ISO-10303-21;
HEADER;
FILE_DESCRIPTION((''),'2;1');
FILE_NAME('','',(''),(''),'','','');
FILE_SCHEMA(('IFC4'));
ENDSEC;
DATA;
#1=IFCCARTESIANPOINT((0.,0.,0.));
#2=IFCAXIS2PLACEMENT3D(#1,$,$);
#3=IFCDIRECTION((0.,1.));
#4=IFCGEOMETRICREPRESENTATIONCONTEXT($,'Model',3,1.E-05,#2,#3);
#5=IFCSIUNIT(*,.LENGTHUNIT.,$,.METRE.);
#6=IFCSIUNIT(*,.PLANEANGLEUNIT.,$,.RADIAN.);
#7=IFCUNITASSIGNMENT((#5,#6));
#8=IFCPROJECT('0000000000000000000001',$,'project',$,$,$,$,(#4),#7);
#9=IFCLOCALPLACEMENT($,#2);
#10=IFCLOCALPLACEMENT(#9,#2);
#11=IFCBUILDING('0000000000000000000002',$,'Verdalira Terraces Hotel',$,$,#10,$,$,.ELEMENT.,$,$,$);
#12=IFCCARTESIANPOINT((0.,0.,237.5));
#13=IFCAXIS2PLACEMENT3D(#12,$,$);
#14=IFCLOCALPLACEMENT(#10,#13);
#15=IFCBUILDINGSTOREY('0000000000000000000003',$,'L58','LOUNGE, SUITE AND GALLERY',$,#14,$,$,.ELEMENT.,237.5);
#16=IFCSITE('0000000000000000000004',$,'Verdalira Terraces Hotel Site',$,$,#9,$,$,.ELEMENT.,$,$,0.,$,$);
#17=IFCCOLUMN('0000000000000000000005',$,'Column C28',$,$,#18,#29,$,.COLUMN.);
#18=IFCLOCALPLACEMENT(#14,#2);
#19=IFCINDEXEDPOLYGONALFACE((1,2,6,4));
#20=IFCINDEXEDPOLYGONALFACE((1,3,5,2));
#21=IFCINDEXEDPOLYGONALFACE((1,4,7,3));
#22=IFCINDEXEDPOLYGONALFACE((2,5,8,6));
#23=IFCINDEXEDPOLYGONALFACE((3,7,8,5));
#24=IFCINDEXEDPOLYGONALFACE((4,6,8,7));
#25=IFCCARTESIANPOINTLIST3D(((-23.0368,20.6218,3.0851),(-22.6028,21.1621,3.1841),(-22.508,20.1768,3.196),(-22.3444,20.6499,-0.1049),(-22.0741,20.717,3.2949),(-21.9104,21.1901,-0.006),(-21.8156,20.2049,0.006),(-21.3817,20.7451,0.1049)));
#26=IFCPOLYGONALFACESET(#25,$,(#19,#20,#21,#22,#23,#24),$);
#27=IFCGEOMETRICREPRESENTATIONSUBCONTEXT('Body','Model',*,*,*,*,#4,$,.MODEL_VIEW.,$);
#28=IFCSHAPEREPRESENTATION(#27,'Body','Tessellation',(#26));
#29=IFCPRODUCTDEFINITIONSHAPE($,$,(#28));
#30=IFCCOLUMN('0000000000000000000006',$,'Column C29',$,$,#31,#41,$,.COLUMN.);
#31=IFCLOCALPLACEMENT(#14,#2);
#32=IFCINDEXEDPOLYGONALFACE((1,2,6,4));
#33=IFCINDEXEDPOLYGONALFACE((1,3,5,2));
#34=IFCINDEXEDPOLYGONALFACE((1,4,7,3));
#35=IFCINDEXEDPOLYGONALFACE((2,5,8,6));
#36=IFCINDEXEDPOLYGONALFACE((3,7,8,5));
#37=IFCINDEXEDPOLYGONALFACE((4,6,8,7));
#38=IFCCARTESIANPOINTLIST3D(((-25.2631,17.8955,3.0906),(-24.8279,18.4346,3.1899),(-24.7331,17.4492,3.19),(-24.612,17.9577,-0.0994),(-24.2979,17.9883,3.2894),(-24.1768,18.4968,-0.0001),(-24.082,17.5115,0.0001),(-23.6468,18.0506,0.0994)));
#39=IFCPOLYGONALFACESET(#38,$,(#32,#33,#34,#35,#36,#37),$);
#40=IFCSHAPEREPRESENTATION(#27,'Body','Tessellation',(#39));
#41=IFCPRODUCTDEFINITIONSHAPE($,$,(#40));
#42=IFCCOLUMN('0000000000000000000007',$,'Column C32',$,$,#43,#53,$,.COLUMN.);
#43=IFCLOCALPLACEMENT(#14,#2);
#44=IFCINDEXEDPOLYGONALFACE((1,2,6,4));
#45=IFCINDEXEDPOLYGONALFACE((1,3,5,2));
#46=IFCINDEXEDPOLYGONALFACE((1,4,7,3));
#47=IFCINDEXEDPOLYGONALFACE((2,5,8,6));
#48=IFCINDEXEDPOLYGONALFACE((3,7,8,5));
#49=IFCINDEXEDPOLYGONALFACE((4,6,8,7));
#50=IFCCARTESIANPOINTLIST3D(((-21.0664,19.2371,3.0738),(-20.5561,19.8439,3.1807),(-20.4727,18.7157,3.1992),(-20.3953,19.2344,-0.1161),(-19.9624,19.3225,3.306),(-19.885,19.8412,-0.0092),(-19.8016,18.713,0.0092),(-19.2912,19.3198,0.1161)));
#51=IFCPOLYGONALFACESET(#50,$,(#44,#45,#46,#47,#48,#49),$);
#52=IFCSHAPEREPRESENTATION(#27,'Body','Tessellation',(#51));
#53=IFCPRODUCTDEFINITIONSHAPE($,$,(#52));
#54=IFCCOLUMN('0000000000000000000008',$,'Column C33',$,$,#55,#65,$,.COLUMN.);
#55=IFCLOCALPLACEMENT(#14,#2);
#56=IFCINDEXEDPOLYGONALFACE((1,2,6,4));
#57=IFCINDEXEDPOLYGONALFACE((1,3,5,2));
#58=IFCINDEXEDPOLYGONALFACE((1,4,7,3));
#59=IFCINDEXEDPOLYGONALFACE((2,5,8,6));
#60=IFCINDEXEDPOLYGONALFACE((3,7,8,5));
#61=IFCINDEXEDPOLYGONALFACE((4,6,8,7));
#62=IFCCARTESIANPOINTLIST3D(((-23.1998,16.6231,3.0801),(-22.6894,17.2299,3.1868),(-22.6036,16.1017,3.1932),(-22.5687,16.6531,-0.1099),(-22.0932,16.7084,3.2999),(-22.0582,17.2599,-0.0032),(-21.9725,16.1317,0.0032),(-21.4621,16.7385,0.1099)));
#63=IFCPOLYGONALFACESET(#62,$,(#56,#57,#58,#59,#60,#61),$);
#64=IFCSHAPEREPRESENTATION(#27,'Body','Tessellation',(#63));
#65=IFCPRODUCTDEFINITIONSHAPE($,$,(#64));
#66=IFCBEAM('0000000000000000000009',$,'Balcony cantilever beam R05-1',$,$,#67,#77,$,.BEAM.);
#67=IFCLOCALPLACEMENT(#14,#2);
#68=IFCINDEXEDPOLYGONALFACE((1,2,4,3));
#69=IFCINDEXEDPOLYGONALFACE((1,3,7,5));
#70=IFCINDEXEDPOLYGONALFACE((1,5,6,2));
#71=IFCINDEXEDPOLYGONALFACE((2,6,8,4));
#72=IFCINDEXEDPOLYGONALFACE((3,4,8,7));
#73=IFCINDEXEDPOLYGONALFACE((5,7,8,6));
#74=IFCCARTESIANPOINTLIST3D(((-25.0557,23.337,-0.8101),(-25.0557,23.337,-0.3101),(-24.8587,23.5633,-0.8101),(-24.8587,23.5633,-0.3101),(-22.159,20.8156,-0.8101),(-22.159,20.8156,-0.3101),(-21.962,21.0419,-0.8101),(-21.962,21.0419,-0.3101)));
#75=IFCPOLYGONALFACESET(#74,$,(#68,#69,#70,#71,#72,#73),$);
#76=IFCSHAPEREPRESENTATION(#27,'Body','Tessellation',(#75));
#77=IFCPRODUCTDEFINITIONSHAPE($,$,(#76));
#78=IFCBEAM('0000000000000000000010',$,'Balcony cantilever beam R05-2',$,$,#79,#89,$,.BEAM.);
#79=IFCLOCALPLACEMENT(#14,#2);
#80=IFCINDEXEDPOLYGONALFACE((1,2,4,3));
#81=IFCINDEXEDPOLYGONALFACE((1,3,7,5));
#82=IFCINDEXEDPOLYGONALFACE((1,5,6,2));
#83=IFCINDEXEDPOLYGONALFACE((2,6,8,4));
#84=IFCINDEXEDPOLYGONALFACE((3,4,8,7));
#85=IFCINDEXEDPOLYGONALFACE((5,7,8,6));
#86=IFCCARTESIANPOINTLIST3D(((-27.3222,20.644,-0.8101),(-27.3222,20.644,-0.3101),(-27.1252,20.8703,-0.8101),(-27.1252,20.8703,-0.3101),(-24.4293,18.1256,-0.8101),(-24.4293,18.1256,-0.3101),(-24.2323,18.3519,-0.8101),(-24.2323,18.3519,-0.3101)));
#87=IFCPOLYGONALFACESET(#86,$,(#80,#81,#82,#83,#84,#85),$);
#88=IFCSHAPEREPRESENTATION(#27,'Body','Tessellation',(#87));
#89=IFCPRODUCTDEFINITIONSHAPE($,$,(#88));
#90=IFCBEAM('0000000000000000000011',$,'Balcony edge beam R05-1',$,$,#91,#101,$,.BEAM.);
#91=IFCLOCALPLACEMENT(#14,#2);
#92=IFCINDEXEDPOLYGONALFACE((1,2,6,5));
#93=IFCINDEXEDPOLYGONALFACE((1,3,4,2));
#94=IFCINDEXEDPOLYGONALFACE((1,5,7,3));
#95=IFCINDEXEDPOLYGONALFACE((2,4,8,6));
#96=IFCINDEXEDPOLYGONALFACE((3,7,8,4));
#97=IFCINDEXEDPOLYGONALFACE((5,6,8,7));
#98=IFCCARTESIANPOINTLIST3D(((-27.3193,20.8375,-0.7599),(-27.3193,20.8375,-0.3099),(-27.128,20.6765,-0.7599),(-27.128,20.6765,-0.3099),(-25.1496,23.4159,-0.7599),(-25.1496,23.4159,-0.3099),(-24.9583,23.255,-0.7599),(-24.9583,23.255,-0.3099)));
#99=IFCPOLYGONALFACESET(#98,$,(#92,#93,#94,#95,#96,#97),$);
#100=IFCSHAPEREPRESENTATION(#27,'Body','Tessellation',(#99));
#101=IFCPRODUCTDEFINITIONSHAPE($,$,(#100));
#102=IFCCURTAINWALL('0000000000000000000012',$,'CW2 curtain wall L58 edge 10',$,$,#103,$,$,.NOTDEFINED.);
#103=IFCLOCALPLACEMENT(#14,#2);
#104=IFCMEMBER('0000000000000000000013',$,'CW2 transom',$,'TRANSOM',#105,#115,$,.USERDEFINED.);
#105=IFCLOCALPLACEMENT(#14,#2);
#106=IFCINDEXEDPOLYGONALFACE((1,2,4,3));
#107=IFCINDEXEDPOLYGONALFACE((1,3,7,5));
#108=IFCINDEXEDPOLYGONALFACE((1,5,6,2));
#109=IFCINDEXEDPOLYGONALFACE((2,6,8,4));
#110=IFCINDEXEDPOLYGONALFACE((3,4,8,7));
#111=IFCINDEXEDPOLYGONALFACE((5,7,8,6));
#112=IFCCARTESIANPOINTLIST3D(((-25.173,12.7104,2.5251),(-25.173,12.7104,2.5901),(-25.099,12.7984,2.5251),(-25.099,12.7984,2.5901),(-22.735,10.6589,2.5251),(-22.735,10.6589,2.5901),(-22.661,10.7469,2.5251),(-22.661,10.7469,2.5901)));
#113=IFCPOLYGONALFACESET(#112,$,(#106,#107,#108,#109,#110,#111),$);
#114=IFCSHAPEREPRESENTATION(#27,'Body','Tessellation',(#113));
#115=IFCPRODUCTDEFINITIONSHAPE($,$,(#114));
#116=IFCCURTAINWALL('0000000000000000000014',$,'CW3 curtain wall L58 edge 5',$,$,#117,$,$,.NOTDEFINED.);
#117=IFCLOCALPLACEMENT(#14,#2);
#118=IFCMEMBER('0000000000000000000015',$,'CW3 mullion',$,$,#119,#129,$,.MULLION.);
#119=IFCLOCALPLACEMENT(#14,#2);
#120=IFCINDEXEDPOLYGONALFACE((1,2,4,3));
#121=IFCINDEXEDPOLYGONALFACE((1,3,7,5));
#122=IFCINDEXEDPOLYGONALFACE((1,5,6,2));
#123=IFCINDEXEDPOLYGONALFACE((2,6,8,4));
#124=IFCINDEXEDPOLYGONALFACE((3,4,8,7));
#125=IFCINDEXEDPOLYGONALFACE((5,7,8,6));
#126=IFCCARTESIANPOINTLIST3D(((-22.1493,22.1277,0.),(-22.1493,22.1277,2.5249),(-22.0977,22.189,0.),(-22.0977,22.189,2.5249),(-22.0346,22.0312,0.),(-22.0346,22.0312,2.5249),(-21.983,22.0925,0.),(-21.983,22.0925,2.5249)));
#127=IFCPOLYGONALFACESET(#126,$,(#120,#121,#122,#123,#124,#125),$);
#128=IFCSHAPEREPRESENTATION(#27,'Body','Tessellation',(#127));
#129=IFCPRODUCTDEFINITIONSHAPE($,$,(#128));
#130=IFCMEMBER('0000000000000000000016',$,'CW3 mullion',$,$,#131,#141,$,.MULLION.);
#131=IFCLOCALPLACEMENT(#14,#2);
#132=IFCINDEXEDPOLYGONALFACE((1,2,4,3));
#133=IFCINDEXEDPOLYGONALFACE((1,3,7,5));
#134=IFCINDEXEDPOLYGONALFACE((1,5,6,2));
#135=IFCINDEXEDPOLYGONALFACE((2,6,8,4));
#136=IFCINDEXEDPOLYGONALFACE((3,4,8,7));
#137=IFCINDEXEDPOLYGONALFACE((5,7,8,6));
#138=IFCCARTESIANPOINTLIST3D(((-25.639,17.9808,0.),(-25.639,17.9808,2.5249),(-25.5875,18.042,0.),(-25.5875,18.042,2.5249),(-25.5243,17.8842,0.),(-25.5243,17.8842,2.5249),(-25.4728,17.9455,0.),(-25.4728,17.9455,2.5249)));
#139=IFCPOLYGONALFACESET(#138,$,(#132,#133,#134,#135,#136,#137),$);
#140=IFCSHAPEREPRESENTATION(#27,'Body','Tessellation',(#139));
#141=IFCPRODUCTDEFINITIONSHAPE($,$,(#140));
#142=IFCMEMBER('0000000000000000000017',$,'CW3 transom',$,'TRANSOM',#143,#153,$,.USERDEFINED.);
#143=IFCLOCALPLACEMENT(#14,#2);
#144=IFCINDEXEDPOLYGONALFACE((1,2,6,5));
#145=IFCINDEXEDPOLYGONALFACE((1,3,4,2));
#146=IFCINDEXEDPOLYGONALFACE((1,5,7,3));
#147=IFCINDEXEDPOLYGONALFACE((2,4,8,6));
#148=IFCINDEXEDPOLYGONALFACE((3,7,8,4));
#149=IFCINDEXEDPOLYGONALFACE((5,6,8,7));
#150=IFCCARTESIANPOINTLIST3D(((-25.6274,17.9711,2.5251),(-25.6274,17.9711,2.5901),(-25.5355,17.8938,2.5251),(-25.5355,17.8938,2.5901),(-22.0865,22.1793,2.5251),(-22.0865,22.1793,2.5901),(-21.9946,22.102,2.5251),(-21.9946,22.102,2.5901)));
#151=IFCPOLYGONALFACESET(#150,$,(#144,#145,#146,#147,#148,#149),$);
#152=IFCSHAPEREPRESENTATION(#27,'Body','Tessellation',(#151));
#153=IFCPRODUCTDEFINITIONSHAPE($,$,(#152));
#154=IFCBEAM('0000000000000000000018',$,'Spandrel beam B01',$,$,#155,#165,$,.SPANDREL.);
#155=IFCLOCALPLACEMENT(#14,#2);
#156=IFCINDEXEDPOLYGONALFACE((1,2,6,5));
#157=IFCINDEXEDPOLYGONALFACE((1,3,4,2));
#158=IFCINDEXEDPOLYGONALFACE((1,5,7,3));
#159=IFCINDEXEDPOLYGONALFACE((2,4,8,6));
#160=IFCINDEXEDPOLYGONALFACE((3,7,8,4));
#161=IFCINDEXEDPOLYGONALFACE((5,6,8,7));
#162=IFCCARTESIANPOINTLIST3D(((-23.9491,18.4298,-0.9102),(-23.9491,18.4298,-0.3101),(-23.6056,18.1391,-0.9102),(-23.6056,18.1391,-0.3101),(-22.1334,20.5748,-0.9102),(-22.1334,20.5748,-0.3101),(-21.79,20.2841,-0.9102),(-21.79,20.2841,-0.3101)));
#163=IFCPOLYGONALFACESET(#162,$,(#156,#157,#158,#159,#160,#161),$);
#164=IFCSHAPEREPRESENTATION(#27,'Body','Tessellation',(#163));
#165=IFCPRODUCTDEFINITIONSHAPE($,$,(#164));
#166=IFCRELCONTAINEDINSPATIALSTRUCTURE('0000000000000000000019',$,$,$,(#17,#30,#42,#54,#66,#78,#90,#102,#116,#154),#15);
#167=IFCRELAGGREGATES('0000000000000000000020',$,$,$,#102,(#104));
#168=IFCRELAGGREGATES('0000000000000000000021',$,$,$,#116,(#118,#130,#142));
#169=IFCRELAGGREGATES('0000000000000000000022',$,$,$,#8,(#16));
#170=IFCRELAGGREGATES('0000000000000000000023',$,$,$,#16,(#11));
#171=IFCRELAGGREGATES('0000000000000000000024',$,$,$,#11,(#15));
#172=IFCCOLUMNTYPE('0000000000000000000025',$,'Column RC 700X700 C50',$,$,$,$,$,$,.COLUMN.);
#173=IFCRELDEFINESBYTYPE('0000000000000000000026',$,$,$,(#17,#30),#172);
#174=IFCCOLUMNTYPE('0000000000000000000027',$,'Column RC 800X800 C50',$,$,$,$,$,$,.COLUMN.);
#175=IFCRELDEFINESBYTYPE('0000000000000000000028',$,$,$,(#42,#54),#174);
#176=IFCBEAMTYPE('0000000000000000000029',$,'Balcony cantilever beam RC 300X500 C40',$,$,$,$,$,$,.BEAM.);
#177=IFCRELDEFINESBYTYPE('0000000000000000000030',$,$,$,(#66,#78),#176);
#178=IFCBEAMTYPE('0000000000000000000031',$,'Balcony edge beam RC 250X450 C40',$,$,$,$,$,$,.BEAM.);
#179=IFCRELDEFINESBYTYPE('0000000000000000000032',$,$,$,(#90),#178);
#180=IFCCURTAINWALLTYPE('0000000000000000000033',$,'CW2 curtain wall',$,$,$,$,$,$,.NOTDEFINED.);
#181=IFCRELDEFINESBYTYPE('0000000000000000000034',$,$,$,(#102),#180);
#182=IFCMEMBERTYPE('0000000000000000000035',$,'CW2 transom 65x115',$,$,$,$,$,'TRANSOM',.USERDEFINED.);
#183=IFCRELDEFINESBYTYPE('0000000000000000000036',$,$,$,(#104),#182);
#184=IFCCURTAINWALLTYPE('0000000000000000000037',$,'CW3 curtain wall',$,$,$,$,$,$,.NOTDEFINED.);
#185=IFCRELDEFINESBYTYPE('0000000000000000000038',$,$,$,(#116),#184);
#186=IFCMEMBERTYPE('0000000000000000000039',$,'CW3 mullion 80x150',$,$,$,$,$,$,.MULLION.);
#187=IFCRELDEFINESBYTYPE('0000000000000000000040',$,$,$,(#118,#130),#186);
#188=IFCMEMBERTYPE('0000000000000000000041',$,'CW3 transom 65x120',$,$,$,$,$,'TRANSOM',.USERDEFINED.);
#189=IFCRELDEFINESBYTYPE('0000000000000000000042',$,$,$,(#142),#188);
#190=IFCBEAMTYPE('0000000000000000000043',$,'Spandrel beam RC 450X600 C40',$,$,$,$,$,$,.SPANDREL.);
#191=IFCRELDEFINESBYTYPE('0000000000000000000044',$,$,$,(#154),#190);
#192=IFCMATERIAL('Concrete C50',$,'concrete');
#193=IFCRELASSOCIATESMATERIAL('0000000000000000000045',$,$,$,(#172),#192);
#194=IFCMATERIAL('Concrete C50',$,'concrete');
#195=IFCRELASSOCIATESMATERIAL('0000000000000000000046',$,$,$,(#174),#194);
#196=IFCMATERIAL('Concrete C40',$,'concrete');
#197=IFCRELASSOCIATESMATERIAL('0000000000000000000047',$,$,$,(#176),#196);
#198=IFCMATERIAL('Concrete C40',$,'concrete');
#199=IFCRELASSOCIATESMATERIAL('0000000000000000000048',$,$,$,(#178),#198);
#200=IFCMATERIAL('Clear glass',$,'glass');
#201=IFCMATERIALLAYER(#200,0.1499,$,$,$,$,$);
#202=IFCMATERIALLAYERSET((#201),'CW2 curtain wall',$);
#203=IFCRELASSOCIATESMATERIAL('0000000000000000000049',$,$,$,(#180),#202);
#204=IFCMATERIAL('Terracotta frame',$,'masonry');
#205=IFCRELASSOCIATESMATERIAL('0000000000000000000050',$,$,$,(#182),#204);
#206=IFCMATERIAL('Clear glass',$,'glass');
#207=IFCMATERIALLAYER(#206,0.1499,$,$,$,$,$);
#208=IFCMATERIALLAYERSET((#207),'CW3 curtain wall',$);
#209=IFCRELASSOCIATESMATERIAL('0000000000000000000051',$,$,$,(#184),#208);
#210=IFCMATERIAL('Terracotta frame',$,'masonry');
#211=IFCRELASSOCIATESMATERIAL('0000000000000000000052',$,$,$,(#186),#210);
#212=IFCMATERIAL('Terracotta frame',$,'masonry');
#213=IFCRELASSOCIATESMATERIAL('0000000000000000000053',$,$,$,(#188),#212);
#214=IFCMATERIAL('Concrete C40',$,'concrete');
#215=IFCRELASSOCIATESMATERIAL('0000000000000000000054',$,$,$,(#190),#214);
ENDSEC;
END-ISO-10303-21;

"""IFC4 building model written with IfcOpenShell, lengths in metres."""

from ifc_helpers import new_model, si_unit, direction, frame, origin, origin_2d, place, context, subcontext, project, spatial, rectangle, extrude, material, layer, layer_set, material_profile, profile_set, type_object, element, aggregate, save


model = new_model("IFC4")

# Units and contexts
model_context = context("Model", 3, precision=1e-05, world=origin(), true_north=direction((0.0, 1.0)))
body_context = subcontext(model_context, "Body", "Model", "MODEL_VIEW")
ifc_project = project(units=[si_unit("LENGTHUNIT", "METRE"), si_unit("PLANEANGLEUNIT", "RADIAN")], contexts=[model_context])

# Site, building, storey
site_placement = place(None, origin())
site = spatial("IfcSite", under=ifc_project, at=site_placement, Name="Verdalira Terraces Hotel Site", CompositionType="ELEMENT", RefElevation=0.0)
building_placement = place(site_placement, origin())
building = spatial("IfcBuilding", under=site, at=building_placement, Name="Verdalira Terraces Hotel", CompositionType="ELEMENT")
storey_placement = place(building_placement, frame((0.0, 0.0, 237.5)))
storey = spatial("IfcBuildingStorey", under=building, at=storey_placement, Name="L58", Description="LOUNGE, SUITE AND GALLERY", CompositionType="ELEMENT", Elevation=237.5)

# Columns
ifc_material_1 = material(Name="Concrete C50", Category="concrete")
ifc_material_profile_1 = material_profile(ifc_material_1, rectangle(XDim=0.7, YDim=0.7, at=origin_2d()), Name="RC 700X700")
ifc_profile_set_1 = profile_set([ifc_material_profile_1], Name="Concrete C50")
column_type_1 = type_object("IfcColumnType", Name="Column RC 700X700 C50", PredefinedType="COLUMN", material=ifc_profile_set_1)
column_1_placement = place(storey_placement, frame((-21.863, 20.6975, 0.0), z_axis=(-0.212105, -0.008601, 0.977209), x_axis=(-0.619955, -0.771799, -0.141355)))
element("IfcColumn", 1, at=column_1_placement, inside=storey, type_object=column_type_1, Name="Column C28", PredefinedType="COLUMN", context=body_context, shape_type="SweptSolid", body=[
    extrude(rectangle(XDim=0.7, YDim=0.7, at=origin_2d()), origin(), (0.0, 0.0, 1.0), 3.2644),
])
column_2_placement = place(storey_placement, frame((-24.1294, 18.0041, 0.0), z_axis=(-0.199957, -0.019119, 0.979618), x_axis=(-0.621808, -0.770197, -0.141953)))
element("IfcColumn", 2, at=column_2_placement, inside=storey, type_object=column_type_1, Name="Column C29", PredefinedType="COLUMN", context=body_context, shape_type="SweptSolid", body=[
    extrude(rectangle(XDim=0.7, YDim=0.7, at=origin_2d()), origin(), (0.0, 0.0, 1.0), 3.2563),
])
ifc_material_2 = material(Name="Concrete C50", Category="concrete")
ifc_material_profile_2 = material_profile(ifc_material_2, rectangle(XDim=0.8, YDim=0.8, at=origin_2d()), Name="RC 800X800")
ifc_profile_set_2 = profile_set([ifc_material_profile_2], Name="Concrete C50")
column_type_2 = type_object("IfcColumnType", Name="Column RC 800X800 C50", PredefinedType="COLUMN", material=ifc_profile_set_2)
column_3_placement = place(storey_placement, frame((-19.8433, 19.2771, 0.0), z_axis=(-0.205886, 0.000824, 0.978576), x_axis=(-0.742113, 0.651704, -0.156684)))
element("IfcColumn", 3, at=column_3_placement, inside=storey, type_object=column_type_2, Name="Column C32", PredefinedType="COLUMN", context=body_context, shape_type="SweptSolid", body=[
    extrude(rectangle(XDim=0.8, YDim=0.8, at=origin_2d()), origin(), (0.0, 0.0, 1.0), 3.2598),
])
column_4_placement = place(storey_placement, frame((-22.0154, 16.6958, 0.0), z_axis=(-0.194072, -0.009234, 0.980944), x_axis=(-0.745162, 0.651744, -0.141289)))
element("IfcColumn", 4, at=column_4_placement, inside=storey, type_object=column_type_2, Name="Column C33", PredefinedType="COLUMN", context=body_context, shape_type="SweptSolid", body=[
    extrude(rectangle(XDim=0.8, YDim=0.8, at=origin_2d()), origin(), (0.0, 0.0, 1.0), 3.252),
])

# Beams
ifc_material_3 = material(Name="Concrete C40", Category="concrete")
ifc_material_profile_3 = material_profile(ifc_material_3, rectangle(XDim=0.3, YDim=0.5, at=origin_2d()), Name="RC 300X500")
ifc_profile_set_3 = profile_set([ifc_material_profile_3], Name="Concrete C40")
beam_type_1 = type_object("IfcBeamType", Name="Balcony cantilever beam RC 300X500 C40", PredefinedType="BEAM", material=ifc_profile_set_3)
beam_1_placement = place(storey_placement, frame((-22.0605, 20.9287, -0.5601), z_axis=(-0.754271, 0.656563, 0.0), x_axis=(-0.656563, -0.754271, 0.0)))
element("IfcBeam", 5, at=beam_1_placement, inside=storey, type_object=beam_type_1, Name="Balcony cantilever beam R05-1", PredefinedType="BEAM", context=body_context, shape_type="SweptSolid", body=[
    extrude(rectangle(XDim=0.3, YDim=0.5, at=origin_2d()), origin(), (0.0, 0.0, 1.0), 3.8403),
])
beam_2_placement = place(storey_placement, frame((-24.3308, 18.2388, -0.5601), z_axis=(-0.754242, 0.656596, 0.0), x_axis=(-0.656596, -0.754242, 0.0)))
element("IfcBeam", 6, at=beam_2_placement, inside=storey, type_object=beam_type_1, Name="Balcony cantilever beam R05-2", PredefinedType="BEAM", context=body_context, shape_type="SweptSolid", body=[
    extrude(rectangle(XDim=0.3, YDim=0.5, at=origin_2d()), origin(), (0.0, 0.0, 1.0), 3.8354),
])
ifc_material_4 = material(Name="Concrete C40", Category="concrete")
ifc_material_profile_4 = material_profile(ifc_material_4, rectangle(XDim=0.25, YDim=0.45, at=origin_2d()), Name="RC 250X450")
ifc_profile_set_4 = profile_set([ifc_material_profile_4], Name="Concrete C40")
beam_type_2 = type_object("IfcBeamType", Name="Balcony edge beam RC 250X450 C40", PredefinedType="BEAM", material=ifc_profile_set_4)
beam_3_placement = place(storey_placement, frame((-25.054, 23.3354, -0.5349), z_axis=(-0.643861, -0.765142, 0.0), x_axis=(0.765142, -0.643861, 0.0)))
element("IfcBeam", 7, at=beam_3_placement, inside=storey, type_object=beam_type_2, Name="Balcony edge beam R05-1", PredefinedType="BEAM", context=body_context, shape_type="SweptSolid", body=[
    extrude(rectangle(XDim=0.25, YDim=0.45, at=origin_2d()), origin(), (0.0, 0.0, 1.0), 3.3699),
])

# Curtain wall, member
ifc_material_5 = material(Name="Clear glass", Category="glass")
ifc_layer_1 = layer(ifc_material_5, 0.1499)
ifc_layer_set_1 = layer_set([ifc_layer_1], Name="CW2 curtain wall")
curtain_wall_type_1 = type_object("IfcCurtainWallType", Name="CW2 curtain wall", PredefinedType="NOTDEFINED", material=ifc_layer_set_1)
curtain_wall_1_placement = place(storey_placement, origin())
curtain_wall_1 = element("IfcCurtainWall", 8, at=curtain_wall_1_placement, inside=storey, type_object=curtain_wall_type_1, Name="CW2 curtain wall L58 edge 10", PredefinedType="NOTDEFINED")
ifc_material_6 = material(Name="Terracotta frame", Category="masonry")
ifc_material_profile_5 = material_profile(ifc_material_6, rectangle(XDim=0.115, YDim=0.0649, at=origin_2d()), Name="TR 65x115")
ifc_profile_set_5 = profile_set([ifc_material_profile_5], Name="Terracotta frame")
member_type_1 = type_object("IfcMemberType", Name="CW2 transom 65x115", ElementType="TRANSOM", PredefinedType="USERDEFINED", material=ifc_profile_set_5)
member_1_placement = place(storey_placement, frame((-25.136, 12.7544, 2.5576), z_axis=(0.765148, -0.643855, 0.0), x_axis=(0.643855, 0.765148, 0.0)))
member_1 = element("IfcMember", 9, at=member_1_placement, type_object=member_type_1, Name="CW2 transom", ObjectType="TRANSOM", PredefinedType="USERDEFINED", context=body_context, shape_type="SweptSolid", body=[
    extrude(rectangle(XDim=0.115, YDim=0.0649, at=origin_2d()), origin(), (0.0, 0.0, 1.0), 3.1863),
])
aggregate(curtain_wall_1, [member_1])

# Curtain wall, members
ifc_material_7 = material(Name="Clear glass", Category="glass")
ifc_layer_2 = layer(ifc_material_7, 0.1499)
ifc_layer_set_2 = layer_set([ifc_layer_2], Name="CW3 curtain wall")
curtain_wall_type_2 = type_object("IfcCurtainWallType", Name="CW3 curtain wall", PredefinedType="NOTDEFINED", material=ifc_layer_set_2)
curtain_wall_2_placement = place(storey_placement, origin())
curtain_wall_2 = element("IfcCurtainWall", 10, at=curtain_wall_2_placement, inside=storey, type_object=curtain_wall_type_2, Name="CW3 curtain wall L58 edge 5", PredefinedType="NOTDEFINED")
ifc_material_8 = material(Name="Terracotta frame", Category="masonry")
ifc_material_profile_6 = material_profile(ifc_material_8, rectangle(XDim=0.0801, YDim=0.1499, at=origin_2d()), Name="MU 80x150")
ifc_profile_set_6 = profile_set([ifc_material_profile_6], Name="Terracotta frame")
member_type_2 = type_object("IfcMemberType", Name="CW3 mullion 80x150", PredefinedType="MULLION", material=ifc_profile_set_6)
member_2_placement = place(storey_placement, frame((-22.0662, 22.1101, 0.0), z_axis=(0.0, 0.0, 1.0), x_axis=(-0.643857, -0.765146, 0.0)))
member_2 = element("IfcMember", 11, at=member_2_placement, type_object=member_type_2, Name="CW3 mullion", PredefinedType="MULLION", context=body_context, shape_type="SweptSolid", body=[
    extrude(rectangle(XDim=0.0801, YDim=0.1499, at=origin_2d()), origin(), (0.0, 0.0, 1.0), 2.5249),
])
member_3_placement = place(storey_placement, frame((-25.5559, 17.9631, 0.0), z_axis=(0.0, 0.0, 1.0), x_axis=(-0.643857, -0.765146, 0.0)))
member_3 = element("IfcMember", 12, at=member_3_placement, type_object=member_type_2, Name="CW3 mullion", PredefinedType="MULLION", context=body_context, shape_type="SweptSolid", body=[
    extrude(rectangle(XDim=0.0801, YDim=0.1499, at=origin_2d()), origin(), (0.0, 0.0, 1.0), 2.5249),
])
ifc_material_9 = material(Name="Terracotta frame", Category="masonry")
ifc_material_profile_7 = material_profile(ifc_material_9, rectangle(XDim=0.1201, YDim=0.0649, at=origin_2d()), Name="TR 65x120")
ifc_profile_set_7 = profile_set([ifc_material_profile_7], Name="Terracotta frame")
member_type_3 = type_object("IfcMemberType", Name="CW3 transom 65x120", ElementType="TRANSOM", PredefinedType="USERDEFINED", material=ifc_profile_set_7)
member_4_placement = place(storey_placement, frame((-22.0405, 22.1406, 2.5576), z_axis=(-0.64384, -0.76516, 0.0), x_axis=(0.76516, -0.64384, 0.0)))
member_4 = element("IfcMember", 13, at=member_4_placement, type_object=member_type_3, Name="CW3 transom", ObjectType="TRANSOM", PredefinedType="USERDEFINED", context=body_context, shape_type="SweptSolid", body=[
    extrude(rectangle(XDim=0.1201, YDim=0.0649, at=origin_2d()), origin(), (0.0, 0.0, 1.0), 5.4998),
])

# Beam
ifc_material_10 = material(Name="Concrete C40", Category="concrete")
ifc_material_profile_8 = material_profile(ifc_material_10, rectangle(XDim=0.45, YDim=0.6001, at=origin_2d()), Name="RC 450X600")
ifc_profile_set_8 = profile_set([ifc_material_profile_8], Name="Concrete C40")
beam_type_3 = type_object("IfcBeamType", Name="Spandrel beam RC 450X600 C40", PredefinedType="SPANDREL", material=ifc_profile_set_8)
beam_4_placement = place(storey_placement, frame((-21.9617, 20.4294, -0.6101), z_axis=(-0.646079, -0.763271, 0.0), x_axis=(0.763271, -0.646079, 0.0)))
element("IfcBeam", 14, at=beam_4_placement, inside=storey, type_object=beam_type_3, Name="Spandrel beam B01", PredefinedType="SPANDREL", context=body_context, shape_type="SweptSolid", body=[
    extrude(rectangle(XDim=0.45, YDim=0.6001, at=origin_2d()), origin(), (0.0, 0.0, 1.0), 2.8103),
])

aggregate(curtain_wall_2, [member_2, member_3, member_4])

save(model, "model.ifc")
